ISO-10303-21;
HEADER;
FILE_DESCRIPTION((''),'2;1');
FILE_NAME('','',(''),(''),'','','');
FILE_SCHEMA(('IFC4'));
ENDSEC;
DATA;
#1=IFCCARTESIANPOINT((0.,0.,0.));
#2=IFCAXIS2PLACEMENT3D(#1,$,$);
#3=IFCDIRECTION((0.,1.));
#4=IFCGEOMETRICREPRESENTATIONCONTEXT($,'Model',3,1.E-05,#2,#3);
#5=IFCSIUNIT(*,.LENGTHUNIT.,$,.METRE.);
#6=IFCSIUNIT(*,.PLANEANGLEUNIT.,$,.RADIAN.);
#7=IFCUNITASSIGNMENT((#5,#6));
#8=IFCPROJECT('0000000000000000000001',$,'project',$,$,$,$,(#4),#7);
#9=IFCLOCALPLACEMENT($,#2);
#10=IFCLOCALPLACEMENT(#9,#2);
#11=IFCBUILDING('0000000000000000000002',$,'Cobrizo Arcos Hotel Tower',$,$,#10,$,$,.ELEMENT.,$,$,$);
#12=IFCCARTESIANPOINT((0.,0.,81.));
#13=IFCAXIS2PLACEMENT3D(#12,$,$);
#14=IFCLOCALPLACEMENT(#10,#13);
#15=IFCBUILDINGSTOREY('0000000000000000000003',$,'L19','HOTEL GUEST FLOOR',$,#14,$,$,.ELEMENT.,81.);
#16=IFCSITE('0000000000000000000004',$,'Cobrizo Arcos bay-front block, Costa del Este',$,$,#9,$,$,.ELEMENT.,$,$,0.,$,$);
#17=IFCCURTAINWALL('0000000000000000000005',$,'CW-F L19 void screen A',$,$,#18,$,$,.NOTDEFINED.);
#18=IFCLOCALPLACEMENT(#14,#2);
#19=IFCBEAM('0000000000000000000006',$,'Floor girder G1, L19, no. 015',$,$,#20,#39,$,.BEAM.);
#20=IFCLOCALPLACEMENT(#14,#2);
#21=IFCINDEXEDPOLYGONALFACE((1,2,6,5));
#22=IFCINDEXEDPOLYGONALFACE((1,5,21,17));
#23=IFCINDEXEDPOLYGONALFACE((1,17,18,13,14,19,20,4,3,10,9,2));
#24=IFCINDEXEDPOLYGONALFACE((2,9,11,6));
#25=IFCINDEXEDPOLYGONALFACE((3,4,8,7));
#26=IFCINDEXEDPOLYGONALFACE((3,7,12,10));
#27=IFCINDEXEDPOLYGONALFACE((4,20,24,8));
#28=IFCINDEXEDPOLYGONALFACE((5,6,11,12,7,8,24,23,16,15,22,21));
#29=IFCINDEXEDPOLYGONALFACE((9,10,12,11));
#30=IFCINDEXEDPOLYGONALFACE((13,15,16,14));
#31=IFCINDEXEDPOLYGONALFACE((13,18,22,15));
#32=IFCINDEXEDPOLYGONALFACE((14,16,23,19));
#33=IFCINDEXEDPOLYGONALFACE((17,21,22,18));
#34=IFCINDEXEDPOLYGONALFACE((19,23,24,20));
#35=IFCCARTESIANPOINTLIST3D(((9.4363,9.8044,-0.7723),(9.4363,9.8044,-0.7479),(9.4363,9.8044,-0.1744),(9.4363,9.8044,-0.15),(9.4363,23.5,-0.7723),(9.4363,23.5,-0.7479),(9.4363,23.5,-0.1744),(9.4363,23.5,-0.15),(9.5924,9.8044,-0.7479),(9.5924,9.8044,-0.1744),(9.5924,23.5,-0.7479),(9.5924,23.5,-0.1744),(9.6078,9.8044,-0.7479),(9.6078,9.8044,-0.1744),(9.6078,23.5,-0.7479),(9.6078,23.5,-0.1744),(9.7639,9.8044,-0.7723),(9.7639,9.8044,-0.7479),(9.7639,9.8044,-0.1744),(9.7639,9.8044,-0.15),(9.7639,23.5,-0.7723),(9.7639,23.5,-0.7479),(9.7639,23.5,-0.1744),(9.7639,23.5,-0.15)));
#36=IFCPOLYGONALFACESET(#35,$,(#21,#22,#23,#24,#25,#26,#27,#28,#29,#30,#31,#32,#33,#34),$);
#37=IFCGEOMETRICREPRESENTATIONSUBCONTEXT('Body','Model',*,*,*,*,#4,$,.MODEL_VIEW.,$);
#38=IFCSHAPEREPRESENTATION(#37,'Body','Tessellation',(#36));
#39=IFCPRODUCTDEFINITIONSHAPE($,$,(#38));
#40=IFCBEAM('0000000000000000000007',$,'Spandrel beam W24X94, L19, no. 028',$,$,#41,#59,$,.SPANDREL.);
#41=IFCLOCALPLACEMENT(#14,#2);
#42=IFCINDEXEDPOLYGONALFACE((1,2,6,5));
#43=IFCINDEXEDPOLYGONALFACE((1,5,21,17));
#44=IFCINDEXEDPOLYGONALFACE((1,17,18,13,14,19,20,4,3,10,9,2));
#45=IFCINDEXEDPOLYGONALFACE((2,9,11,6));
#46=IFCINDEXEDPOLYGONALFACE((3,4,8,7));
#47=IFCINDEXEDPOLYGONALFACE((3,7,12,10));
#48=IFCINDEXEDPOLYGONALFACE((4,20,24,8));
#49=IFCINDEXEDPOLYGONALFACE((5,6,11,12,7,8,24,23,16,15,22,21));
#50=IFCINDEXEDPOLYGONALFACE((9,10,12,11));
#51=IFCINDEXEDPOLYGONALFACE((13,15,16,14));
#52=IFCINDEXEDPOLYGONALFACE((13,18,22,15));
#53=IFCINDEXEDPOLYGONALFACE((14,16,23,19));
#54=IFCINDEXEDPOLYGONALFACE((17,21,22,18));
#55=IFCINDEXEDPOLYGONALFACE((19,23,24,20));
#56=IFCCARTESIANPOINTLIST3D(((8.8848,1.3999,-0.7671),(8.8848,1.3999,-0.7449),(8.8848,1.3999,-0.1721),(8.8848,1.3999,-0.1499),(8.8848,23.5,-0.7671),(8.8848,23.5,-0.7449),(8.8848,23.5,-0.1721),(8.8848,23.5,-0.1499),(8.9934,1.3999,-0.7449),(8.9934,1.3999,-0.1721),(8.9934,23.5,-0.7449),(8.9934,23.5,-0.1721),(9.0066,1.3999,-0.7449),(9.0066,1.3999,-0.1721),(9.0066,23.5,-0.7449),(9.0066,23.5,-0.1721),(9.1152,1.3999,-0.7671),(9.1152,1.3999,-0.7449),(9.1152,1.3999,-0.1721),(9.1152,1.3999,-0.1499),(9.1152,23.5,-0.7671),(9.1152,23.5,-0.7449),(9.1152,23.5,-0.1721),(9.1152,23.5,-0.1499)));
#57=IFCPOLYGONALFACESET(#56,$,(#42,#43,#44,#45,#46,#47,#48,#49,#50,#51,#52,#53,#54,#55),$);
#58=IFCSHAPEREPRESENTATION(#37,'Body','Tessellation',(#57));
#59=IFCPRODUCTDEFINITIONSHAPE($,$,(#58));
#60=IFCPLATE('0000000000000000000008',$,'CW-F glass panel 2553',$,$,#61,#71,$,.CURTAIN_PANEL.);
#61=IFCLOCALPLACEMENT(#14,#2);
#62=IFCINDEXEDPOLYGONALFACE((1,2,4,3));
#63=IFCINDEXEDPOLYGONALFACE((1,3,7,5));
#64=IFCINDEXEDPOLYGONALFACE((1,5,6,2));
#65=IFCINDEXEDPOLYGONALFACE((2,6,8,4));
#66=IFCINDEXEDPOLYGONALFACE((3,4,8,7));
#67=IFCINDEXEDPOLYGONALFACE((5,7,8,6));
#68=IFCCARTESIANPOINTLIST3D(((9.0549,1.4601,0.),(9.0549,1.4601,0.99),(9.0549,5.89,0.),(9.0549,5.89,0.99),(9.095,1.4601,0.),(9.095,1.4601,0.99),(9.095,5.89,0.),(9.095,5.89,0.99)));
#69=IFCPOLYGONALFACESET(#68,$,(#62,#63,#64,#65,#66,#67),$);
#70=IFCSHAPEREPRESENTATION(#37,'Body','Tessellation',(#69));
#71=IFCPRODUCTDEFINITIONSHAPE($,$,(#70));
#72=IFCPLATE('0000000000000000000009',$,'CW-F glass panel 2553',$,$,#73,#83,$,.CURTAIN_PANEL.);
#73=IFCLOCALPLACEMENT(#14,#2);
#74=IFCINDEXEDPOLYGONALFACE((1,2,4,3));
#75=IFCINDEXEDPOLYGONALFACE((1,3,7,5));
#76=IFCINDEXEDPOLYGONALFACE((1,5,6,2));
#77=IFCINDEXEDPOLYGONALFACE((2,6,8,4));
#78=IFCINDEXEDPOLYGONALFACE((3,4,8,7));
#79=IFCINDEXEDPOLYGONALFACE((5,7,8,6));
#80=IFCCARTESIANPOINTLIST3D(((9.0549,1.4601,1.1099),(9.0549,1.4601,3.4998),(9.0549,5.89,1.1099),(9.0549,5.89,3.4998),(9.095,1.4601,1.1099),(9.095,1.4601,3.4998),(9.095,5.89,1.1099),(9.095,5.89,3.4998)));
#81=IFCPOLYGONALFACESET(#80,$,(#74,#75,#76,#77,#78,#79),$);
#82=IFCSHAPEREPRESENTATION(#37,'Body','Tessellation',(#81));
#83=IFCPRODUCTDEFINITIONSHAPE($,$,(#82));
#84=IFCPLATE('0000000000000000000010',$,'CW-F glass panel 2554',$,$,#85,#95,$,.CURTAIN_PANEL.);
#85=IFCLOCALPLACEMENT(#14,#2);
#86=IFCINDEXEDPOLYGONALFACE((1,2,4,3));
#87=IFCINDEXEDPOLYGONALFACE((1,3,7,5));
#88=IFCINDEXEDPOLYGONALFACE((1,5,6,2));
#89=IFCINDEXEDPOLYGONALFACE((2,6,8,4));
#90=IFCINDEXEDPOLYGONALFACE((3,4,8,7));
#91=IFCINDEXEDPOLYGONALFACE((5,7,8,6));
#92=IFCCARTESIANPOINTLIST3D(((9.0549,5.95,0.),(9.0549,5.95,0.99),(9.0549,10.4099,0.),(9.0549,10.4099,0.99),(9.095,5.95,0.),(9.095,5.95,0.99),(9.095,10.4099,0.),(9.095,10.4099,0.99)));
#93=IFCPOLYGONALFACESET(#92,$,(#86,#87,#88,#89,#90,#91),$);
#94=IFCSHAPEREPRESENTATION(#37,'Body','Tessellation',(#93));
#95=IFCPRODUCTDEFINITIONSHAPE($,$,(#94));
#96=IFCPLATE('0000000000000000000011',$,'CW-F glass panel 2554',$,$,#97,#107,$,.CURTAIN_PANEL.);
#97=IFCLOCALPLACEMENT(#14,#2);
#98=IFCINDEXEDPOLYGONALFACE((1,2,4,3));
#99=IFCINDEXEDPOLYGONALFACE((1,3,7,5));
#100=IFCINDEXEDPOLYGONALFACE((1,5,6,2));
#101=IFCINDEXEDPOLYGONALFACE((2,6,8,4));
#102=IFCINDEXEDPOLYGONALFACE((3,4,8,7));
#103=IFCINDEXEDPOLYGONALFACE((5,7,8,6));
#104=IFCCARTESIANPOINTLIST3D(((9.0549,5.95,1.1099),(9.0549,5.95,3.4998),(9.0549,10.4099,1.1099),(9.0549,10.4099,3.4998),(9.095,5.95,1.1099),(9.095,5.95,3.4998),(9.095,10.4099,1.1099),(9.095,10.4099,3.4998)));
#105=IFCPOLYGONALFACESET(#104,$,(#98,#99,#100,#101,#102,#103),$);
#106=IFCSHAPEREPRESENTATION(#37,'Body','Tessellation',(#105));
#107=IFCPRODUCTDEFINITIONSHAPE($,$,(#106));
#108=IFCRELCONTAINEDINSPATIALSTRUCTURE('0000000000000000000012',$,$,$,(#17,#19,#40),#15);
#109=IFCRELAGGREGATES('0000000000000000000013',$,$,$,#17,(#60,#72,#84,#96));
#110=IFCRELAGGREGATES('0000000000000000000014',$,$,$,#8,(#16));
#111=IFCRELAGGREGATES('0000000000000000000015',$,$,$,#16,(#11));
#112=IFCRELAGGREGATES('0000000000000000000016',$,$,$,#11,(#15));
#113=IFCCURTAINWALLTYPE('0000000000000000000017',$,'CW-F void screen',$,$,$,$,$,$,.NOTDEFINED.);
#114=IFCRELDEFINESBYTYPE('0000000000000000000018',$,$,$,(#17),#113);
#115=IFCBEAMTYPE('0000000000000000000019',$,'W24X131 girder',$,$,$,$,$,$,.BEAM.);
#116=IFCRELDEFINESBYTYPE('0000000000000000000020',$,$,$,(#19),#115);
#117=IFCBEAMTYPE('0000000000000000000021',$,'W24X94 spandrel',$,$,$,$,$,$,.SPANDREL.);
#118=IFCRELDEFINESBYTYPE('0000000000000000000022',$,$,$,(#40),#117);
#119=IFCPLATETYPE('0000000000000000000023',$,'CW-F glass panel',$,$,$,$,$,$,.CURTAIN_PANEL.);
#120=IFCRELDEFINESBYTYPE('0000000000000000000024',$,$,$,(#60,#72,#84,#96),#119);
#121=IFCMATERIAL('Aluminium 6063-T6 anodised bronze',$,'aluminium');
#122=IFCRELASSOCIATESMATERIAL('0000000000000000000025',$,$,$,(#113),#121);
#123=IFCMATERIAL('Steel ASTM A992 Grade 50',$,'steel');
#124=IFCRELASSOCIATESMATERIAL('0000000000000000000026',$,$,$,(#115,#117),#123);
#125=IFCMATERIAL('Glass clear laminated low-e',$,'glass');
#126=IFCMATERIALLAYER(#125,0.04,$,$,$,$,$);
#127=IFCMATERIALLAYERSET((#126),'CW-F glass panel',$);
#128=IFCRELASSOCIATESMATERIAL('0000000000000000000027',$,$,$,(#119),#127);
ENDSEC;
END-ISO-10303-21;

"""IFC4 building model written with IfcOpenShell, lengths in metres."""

from ifc_helpers import new_model, si_unit, direction, frame, origin, origin_2d, place, context, subcontext, project, spatial, rectangle, i_section, extrude, material, layer, layer_set, material_profile, profile_set, type_object, element, aggregate, save


model = new_model("IFC4")

# Units and contexts
model_context = context("Model", 3, precision=1e-05, world=origin(), true_north=direction((0.0, 1.0)))
body_context = subcontext(model_context, "Body", "Model", "MODEL_VIEW")
ifc_project = project(units=[si_unit("LENGTHUNIT", "METRE"), si_unit("PLANEANGLEUNIT", "RADIAN")], contexts=[model_context])

# Site, building, storey
site_placement = place(None, origin())
site = spatial("IfcSite", under=ifc_project, at=site_placement, Name="Cobrizo Arcos bay-front block, Costa del Este", CompositionType="ELEMENT", RefElevation=0.0)
building_placement = place(site_placement, origin())
building = spatial("IfcBuilding", under=site, at=building_placement, Name="Cobrizo Arcos Hotel Tower", CompositionType="ELEMENT")
storey_placement = place(building_placement, frame((0.0, 0.0, 81.0)))
storey = spatial("IfcBuildingStorey", under=building, at=storey_placement, Name="L19", Description="HOTEL GUEST FLOOR", CompositionType="ELEMENT", Elevation=81.0)

# Shared definitions
ifc_material_1 = material(Name="Steel ASTM A992 Grade 50", Category="steel")

# Curtain wall
ifc_material_2 = material(Name="Aluminium 6063-T6 anodised bronze", Category="aluminium")
curtain_wall_type = type_object("IfcCurtainWallType", Name="CW-F void screen", PredefinedType="NOTDEFINED", material=ifc_material_2)
curtain_wall_placement = place(storey_placement, origin())
curtain_wall = element("IfcCurtainWall", 1, at=curtain_wall_placement, inside=storey, type_object=curtain_wall_type, Name="CW-F L19 void screen A", PredefinedType="NOTDEFINED")

# Beams
ifc_material_profile_1 = material_profile(ifc_material_1, i_section(OverallWidth=0.3276, OverallDepth=0.6223, WebThickness=0.0154, FlangeThickness=0.0244, at=origin_2d()), Name="W24X131")
ifc_profile_set_1 = profile_set([ifc_material_profile_1], Name="Steel ASTM A992 Grade 50")
beam_type_1 = type_object("IfcBeamType", Name="W24X131 girder", PredefinedType="BEAM", material=ifc_profile_set_1)
beam_1_placement = place(storey_placement, frame((9.6001, 9.8044, -0.4612), z_axis=(0.0, 1.0, 0.0), x_axis=(-1.0, 0.0, 0.0)))
element("IfcBeam", 2, at=beam_1_placement, inside=storey, type_object=beam_type_1, Name="Floor girder G1, L19, no. 015", PredefinedType="BEAM", context=body_context, shape_type="SweptSolid", body=[
    extrude(i_section(OverallWidth=0.3276, OverallDepth=0.6223, WebThickness=0.0154, FlangeThickness=0.0244, at=origin_2d()), origin(), (0.0, 0.0, 1.0), 13.6956),
])
ifc_material_profile_2 = material_profile(ifc_material_1, i_section(OverallWidth=0.2305, OverallDepth=0.6172, WebThickness=0.0132, FlangeThickness=0.0222, at=origin_2d()), Name="W24X94")
ifc_profile_set_2 = profile_set([ifc_material_profile_2], Name="Steel ASTM A992 Grade 50")
beam_type_2 = type_object("IfcBeamType", Name="W24X94 spandrel", PredefinedType="SPANDREL", material=ifc_profile_set_2)
beam_2_placement = place(storey_placement, frame((9.0, 1.3999, -0.4585), z_axis=(0.0, 1.0, 0.0), x_axis=(-1.0, 0.0, 0.0)))
element("IfcBeam", 3, at=beam_2_placement, inside=storey, type_object=beam_type_2, Name="Spandrel beam W24X94, L19, no. 028", PredefinedType="SPANDREL", context=body_context, shape_type="SweptSolid", body=[
    extrude(i_section(OverallWidth=0.2305, OverallDepth=0.6172, WebThickness=0.0132, FlangeThickness=0.0222, at=origin_2d()), origin(), (0.0, 0.0, 1.0), 22.1001),
])

# Plates
ifc_material_3 = material(Name="Glass clear laminated low-e", Category="glass")
ifc_layer_1 = layer(ifc_material_3, 0.04)
ifc_layer_set_1 = layer_set([ifc_layer_1], Name="CW-F glass panel")
plate_type = type_object("IfcPlateType", Name="CW-F glass panel", PredefinedType="CURTAIN_PANEL", material=ifc_layer_set_1)
plate_1_placement = place(storey_placement, frame((9.075, 3.675, 0.0), z_axis=(0.0, 0.0, 1.0), x_axis=(0.0, 1.0, 0.0)))
plate_1 = element("IfcPlate", 4, at=plate_1_placement, type_object=plate_type, Name="CW-F glass panel 2553", PredefinedType="CURTAIN_PANEL", context=body_context, shape_type="SweptSolid", body=[
    extrude(rectangle(XDim=4.4299, YDim=0.04, at=origin_2d()), origin(), (0.0, 0.0, 1.0), 0.99),
])
plate_2_placement = place(storey_placement, frame((9.075, 3.675, 1.1099), z_axis=(0.0, 0.0, 1.0), x_axis=(0.0, 1.0, 0.0)))
plate_2 = element("IfcPlate", 5, at=plate_2_placement, type_object=plate_type, Name="CW-F glass panel 2553", PredefinedType="CURTAIN_PANEL", context=body_context, shape_type="SweptSolid", body=[
    extrude(rectangle(XDim=4.4299, YDim=0.04, at=origin_2d()), origin(), (0.0, 0.0, 1.0), 2.3899),
])
plate_3_placement = place(storey_placement, frame((9.075, 8.1799, 0.0), z_axis=(0.0, 0.0, 1.0), x_axis=(0.0, 1.0, 0.0)))
plate_3 = element("IfcPlate", 6, at=plate_3_placement, type_object=plate_type, Name="CW-F glass panel 2554", PredefinedType="CURTAIN_PANEL", context=body_context, shape_type="SweptSolid", body=[
    extrude(rectangle(XDim=4.46, YDim=0.04, at=origin_2d()), origin(), (0.0, 0.0, 1.0), 0.99),
])
plate_4_placement = place(storey_placement, frame((9.075, 8.1799, 1.1099), z_axis=(0.0, 0.0, 1.0), x_axis=(0.0, 1.0, 0.0)))
plate_4 = element("IfcPlate", 7, at=plate_4_placement, type_object=plate_type, Name="CW-F glass panel 2554", PredefinedType="CURTAIN_PANEL", context=body_context, shape_type="SweptSolid", body=[
    extrude(rectangle(XDim=4.46, YDim=0.04, at=origin_2d()), origin(), (0.0, 0.0, 1.0), 2.3899),
])
aggregate(curtain_wall, [plate_1, plate_2, plate_3, plate_4])

save(model, "model.ifc")
